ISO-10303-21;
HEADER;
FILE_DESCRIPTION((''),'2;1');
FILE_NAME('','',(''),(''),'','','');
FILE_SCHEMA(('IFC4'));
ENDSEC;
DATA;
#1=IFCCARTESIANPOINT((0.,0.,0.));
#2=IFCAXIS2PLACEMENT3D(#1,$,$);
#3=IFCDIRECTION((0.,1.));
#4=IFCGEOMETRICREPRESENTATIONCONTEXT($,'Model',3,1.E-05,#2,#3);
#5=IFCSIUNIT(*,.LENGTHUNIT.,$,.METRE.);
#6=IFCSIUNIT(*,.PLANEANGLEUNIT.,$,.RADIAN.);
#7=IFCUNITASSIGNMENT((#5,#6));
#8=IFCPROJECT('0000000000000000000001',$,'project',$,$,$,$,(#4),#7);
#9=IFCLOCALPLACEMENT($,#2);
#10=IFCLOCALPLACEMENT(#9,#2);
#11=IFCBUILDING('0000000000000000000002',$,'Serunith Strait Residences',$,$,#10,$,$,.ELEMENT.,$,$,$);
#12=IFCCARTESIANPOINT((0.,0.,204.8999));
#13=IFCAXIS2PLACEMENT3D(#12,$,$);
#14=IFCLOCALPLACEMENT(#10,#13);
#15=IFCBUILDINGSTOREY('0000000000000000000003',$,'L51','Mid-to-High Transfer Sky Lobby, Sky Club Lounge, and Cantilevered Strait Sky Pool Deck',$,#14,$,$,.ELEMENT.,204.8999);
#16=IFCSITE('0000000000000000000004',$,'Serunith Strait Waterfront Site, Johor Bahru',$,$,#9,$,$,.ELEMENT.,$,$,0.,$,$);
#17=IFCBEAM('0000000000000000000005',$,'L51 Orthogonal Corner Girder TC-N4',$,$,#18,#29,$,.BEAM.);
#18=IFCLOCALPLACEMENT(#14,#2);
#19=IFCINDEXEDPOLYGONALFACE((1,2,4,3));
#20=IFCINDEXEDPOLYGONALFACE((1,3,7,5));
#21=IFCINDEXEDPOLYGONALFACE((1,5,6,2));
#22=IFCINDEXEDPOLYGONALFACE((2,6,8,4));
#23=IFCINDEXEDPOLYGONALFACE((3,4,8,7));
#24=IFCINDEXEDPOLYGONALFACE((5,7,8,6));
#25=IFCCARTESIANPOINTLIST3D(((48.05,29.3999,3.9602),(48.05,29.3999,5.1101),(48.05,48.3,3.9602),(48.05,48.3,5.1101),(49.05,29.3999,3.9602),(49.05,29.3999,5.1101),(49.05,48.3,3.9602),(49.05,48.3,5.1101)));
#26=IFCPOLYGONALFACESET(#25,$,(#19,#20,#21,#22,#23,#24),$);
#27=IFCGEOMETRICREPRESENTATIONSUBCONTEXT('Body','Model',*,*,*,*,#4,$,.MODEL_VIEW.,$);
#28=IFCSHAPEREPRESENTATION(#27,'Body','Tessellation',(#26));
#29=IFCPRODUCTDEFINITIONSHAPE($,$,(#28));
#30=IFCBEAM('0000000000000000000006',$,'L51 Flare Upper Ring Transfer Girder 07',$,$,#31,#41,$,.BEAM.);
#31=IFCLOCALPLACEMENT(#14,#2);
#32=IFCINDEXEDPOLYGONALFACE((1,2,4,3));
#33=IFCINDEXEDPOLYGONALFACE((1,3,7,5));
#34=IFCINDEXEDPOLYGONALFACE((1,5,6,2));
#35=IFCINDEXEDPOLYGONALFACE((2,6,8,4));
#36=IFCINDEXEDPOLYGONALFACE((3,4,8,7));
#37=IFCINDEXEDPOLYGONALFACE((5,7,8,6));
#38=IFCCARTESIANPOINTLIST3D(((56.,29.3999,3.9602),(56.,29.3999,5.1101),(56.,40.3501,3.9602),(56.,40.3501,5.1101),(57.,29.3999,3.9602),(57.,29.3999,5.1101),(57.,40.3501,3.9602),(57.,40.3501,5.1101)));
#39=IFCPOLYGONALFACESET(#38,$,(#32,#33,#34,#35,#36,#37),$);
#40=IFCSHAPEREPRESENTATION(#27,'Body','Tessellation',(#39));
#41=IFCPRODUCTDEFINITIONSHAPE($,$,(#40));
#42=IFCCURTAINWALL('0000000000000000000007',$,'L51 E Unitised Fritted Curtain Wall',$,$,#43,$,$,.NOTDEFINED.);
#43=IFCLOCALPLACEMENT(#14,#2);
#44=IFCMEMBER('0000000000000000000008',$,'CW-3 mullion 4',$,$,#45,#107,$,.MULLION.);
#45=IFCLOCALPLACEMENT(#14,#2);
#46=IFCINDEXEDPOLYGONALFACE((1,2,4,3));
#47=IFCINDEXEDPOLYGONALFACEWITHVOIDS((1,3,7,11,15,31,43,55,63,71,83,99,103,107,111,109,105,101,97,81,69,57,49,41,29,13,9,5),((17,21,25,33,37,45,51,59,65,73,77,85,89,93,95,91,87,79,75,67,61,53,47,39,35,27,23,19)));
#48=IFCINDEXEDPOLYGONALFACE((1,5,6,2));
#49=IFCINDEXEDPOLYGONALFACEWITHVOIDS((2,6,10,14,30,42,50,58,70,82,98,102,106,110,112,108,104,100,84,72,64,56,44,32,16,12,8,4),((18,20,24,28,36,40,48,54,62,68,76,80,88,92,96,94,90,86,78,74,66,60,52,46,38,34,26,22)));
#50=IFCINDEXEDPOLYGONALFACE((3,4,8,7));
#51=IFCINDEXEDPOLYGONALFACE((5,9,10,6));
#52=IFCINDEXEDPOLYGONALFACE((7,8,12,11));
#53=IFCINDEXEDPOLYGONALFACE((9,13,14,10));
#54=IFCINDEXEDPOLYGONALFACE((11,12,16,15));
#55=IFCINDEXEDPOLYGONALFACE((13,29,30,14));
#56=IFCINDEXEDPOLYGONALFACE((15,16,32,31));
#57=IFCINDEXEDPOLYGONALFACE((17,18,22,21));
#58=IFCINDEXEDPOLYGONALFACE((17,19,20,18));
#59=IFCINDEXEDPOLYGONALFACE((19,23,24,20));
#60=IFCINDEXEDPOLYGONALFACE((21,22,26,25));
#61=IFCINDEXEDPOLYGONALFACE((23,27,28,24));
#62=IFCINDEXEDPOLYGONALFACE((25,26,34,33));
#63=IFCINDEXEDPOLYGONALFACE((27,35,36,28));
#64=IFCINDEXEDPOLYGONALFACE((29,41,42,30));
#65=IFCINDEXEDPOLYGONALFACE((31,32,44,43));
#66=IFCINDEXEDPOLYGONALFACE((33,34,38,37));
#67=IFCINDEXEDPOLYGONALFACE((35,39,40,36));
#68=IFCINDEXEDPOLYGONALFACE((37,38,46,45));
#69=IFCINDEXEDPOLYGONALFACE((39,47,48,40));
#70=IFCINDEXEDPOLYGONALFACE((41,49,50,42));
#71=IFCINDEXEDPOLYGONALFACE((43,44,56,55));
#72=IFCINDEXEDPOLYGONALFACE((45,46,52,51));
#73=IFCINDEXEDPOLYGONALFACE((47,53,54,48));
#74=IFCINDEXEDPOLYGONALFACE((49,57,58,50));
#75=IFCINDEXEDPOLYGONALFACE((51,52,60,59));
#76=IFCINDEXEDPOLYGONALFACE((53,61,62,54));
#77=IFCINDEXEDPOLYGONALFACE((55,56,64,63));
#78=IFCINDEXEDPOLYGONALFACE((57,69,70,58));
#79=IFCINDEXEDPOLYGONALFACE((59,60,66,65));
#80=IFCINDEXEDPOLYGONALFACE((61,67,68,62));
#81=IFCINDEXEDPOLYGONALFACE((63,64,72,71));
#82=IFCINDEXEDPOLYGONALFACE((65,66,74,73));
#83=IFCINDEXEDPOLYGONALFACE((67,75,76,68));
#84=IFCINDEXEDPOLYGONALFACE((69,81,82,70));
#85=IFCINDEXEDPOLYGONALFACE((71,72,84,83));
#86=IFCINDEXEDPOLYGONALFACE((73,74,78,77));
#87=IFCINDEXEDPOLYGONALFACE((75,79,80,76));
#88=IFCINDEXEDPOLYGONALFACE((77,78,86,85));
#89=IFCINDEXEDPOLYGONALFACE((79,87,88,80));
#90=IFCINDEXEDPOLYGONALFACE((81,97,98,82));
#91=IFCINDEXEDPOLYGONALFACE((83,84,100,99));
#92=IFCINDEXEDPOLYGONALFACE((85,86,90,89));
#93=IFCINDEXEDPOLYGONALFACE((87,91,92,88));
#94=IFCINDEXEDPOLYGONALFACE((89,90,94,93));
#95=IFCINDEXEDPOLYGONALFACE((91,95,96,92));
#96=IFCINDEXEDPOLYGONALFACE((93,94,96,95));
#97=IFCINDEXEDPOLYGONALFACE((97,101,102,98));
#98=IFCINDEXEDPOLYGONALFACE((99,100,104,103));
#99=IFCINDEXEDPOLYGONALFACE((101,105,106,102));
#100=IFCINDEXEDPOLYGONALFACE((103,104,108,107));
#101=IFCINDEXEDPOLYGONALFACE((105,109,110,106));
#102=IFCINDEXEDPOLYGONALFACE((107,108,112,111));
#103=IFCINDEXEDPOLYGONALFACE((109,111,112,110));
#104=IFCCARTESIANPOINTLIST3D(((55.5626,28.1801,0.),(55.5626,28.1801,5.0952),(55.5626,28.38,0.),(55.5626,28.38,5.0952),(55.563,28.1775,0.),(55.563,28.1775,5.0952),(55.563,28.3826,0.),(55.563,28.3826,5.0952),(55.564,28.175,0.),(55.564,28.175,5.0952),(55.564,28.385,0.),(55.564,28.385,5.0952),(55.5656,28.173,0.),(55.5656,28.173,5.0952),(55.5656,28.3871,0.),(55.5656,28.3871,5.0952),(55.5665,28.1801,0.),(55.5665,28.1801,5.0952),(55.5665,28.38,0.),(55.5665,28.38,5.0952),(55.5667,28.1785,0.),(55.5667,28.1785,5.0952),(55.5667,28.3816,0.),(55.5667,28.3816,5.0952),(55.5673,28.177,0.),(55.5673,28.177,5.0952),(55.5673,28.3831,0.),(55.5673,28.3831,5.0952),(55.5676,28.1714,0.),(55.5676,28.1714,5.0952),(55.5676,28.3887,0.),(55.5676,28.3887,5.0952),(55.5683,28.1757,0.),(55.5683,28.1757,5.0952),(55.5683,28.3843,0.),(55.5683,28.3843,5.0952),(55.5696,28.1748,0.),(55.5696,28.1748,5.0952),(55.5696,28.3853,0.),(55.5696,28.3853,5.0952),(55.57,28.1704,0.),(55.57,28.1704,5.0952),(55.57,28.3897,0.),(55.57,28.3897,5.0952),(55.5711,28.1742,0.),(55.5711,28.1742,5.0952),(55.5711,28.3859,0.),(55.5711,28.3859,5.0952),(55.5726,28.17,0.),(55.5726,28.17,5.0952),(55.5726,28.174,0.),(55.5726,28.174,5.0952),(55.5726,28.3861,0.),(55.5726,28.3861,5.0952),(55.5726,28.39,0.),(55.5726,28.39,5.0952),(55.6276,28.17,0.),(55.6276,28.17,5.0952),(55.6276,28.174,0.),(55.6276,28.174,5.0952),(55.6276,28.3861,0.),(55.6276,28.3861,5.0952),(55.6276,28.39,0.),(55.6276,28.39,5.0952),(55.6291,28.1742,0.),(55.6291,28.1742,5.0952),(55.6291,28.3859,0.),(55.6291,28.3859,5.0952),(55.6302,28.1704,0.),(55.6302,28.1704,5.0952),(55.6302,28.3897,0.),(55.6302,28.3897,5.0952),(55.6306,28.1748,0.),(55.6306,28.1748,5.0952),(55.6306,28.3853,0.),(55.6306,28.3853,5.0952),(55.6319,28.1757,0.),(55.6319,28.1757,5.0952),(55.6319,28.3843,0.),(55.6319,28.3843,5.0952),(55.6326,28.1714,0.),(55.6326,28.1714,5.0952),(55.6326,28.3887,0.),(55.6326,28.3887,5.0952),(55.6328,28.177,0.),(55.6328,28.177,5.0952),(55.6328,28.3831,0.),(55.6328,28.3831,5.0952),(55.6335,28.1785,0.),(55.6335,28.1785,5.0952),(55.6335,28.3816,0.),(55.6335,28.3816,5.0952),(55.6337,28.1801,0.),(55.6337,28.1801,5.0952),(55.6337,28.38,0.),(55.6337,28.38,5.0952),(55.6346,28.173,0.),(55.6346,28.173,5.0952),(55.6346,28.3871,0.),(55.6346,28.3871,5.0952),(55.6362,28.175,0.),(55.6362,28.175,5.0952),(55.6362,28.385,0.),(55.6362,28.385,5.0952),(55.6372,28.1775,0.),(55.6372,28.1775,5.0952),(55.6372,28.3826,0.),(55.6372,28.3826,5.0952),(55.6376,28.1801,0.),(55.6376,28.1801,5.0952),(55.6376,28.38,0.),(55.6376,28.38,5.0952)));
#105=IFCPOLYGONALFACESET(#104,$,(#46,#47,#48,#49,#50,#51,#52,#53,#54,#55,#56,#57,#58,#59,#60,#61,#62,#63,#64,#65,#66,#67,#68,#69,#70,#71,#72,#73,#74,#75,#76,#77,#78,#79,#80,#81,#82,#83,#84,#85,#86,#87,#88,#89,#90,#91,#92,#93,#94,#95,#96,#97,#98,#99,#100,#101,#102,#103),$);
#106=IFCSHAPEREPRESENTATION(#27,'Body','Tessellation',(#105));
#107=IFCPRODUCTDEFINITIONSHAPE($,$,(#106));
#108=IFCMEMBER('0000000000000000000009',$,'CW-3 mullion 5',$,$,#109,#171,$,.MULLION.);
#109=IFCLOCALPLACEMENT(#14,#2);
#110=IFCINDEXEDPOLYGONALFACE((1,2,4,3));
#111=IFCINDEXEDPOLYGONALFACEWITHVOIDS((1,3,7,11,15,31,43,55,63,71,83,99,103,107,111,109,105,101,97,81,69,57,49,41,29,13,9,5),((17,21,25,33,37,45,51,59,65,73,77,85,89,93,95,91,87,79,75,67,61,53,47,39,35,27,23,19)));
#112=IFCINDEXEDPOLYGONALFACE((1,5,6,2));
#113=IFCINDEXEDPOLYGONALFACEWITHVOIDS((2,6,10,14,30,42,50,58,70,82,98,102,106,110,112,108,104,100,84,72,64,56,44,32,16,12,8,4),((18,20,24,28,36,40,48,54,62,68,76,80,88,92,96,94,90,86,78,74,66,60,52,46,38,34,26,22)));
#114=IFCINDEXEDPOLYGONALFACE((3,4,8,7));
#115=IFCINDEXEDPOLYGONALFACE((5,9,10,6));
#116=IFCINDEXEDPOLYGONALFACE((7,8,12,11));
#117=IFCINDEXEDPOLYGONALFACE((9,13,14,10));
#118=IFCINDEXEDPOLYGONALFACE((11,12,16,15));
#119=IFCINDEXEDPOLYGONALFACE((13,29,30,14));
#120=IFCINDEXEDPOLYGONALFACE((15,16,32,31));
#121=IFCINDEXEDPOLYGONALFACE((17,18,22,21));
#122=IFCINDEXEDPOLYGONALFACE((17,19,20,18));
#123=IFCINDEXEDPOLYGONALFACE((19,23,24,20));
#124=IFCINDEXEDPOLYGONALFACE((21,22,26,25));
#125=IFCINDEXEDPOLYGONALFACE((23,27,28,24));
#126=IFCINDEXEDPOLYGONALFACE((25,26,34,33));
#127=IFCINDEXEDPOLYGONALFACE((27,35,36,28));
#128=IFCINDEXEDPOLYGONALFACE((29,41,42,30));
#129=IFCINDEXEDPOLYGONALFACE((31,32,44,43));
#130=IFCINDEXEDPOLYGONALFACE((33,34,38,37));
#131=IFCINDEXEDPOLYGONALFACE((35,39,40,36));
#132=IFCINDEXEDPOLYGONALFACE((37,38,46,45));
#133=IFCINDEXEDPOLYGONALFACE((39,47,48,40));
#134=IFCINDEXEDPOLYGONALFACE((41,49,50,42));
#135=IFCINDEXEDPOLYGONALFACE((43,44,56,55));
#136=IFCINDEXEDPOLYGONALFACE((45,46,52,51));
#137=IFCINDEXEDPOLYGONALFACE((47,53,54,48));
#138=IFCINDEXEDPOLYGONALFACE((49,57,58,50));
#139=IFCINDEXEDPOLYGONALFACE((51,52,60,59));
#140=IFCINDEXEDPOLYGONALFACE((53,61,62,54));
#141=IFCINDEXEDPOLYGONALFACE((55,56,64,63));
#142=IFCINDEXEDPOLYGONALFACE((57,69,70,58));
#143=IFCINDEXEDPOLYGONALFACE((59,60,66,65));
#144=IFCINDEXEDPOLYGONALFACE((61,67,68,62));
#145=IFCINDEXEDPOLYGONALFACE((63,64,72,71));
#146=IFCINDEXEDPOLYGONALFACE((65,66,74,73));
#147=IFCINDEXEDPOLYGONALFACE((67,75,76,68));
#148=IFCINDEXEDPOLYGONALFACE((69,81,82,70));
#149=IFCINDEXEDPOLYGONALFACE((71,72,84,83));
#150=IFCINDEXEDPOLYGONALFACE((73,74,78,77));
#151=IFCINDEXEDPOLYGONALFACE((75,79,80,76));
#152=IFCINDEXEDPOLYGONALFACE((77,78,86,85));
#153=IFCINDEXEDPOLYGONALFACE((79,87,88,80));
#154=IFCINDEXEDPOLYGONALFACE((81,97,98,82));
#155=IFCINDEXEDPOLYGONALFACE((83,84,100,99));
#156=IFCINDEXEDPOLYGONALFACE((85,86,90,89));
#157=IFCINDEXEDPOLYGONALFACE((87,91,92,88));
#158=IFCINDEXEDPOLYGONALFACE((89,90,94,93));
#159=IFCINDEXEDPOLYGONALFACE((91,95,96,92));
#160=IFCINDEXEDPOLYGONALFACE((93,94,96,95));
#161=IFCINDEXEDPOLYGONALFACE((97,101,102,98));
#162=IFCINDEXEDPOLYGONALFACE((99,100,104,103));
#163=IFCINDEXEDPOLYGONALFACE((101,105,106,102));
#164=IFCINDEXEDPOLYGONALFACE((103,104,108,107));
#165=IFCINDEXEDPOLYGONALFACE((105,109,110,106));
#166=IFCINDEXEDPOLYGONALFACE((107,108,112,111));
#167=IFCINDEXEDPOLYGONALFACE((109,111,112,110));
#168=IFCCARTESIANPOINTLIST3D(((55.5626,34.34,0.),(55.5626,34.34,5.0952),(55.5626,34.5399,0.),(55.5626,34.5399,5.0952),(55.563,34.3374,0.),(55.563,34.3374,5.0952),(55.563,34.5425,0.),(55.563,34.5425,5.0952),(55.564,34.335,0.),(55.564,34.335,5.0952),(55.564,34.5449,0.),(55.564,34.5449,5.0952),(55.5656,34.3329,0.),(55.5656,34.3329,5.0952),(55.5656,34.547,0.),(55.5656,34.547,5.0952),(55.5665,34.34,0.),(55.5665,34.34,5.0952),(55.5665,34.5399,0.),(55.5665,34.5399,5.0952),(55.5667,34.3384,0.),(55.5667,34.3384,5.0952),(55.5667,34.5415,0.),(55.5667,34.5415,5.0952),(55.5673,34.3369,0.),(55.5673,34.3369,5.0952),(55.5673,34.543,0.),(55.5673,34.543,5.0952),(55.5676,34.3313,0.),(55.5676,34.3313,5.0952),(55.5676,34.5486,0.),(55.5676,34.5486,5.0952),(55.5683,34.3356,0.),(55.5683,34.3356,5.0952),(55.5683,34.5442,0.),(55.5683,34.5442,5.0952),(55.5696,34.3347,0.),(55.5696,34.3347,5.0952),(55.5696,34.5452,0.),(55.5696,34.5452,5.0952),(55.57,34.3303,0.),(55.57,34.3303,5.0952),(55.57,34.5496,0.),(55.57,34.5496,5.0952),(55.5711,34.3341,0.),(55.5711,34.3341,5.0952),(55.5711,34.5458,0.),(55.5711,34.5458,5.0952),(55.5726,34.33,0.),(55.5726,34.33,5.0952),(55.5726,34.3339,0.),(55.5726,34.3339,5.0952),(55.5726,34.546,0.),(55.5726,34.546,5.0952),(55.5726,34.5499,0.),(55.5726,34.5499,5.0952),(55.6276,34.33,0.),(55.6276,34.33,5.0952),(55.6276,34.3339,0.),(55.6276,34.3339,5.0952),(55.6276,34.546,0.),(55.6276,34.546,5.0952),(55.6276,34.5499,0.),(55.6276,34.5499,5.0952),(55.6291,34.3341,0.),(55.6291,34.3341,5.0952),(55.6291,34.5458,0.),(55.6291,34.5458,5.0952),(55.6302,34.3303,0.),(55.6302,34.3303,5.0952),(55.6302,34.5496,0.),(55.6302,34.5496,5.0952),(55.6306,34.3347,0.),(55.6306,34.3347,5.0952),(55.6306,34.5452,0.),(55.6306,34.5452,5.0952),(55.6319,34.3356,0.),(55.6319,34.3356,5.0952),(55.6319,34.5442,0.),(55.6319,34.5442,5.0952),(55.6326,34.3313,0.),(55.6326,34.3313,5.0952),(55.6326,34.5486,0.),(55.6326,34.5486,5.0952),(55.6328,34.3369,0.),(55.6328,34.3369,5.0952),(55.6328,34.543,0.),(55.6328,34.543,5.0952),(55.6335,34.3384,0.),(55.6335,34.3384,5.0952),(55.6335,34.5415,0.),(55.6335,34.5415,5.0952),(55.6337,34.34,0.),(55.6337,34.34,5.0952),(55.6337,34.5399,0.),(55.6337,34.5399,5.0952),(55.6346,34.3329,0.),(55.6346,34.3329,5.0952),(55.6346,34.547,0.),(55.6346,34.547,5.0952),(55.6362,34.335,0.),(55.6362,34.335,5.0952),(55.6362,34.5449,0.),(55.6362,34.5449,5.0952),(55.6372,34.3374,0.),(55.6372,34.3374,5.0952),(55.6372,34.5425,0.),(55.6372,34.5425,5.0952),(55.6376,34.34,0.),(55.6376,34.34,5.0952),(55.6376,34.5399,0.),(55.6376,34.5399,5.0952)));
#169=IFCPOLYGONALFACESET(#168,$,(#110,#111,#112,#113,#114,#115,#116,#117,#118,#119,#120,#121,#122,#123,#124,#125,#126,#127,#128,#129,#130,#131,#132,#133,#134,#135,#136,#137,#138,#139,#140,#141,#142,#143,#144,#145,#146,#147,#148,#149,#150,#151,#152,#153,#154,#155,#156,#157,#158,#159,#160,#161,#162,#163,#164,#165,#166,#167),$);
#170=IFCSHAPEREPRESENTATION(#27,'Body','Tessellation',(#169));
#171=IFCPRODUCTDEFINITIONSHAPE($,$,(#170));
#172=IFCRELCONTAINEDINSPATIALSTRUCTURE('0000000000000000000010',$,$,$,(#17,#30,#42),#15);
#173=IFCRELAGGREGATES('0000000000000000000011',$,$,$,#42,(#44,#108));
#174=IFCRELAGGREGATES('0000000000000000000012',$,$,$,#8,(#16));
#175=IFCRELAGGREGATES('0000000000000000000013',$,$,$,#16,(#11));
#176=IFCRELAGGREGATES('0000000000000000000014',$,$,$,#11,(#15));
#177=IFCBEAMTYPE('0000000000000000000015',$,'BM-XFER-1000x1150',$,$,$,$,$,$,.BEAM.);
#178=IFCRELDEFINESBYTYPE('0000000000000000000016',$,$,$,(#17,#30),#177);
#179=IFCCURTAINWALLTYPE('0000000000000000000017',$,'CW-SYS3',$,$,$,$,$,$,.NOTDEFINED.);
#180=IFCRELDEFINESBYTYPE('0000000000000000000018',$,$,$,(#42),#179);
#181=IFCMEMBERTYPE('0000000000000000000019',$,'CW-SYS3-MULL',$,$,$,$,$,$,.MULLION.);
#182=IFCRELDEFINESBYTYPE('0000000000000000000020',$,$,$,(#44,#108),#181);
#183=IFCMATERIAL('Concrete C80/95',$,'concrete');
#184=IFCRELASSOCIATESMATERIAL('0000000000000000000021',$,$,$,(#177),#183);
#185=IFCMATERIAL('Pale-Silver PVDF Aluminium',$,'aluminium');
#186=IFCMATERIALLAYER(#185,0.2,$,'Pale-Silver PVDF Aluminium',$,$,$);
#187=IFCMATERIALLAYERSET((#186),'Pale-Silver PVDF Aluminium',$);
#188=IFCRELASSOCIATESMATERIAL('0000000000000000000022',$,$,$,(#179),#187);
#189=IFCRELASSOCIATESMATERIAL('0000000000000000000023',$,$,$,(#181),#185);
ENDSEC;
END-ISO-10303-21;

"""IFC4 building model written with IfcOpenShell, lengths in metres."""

from ifc_helpers import new_model, si_unit, direction, frame, origin, origin_2d, place, context, subcontext, project, spatial, rectangle, hollow_rectangle, extrude, source, transform, mapped, material, layer, layer_set, material_profile, profile_set, type_object, element, aggregate, save


model = new_model("IFC4")

# Units and contexts
model_context = context("Model", 3, precision=1e-05, world=origin(), true_north=direction((0.0, 1.0)))
body_context = subcontext(model_context, "Body", "Model", "MODEL_VIEW")
ifc_project = project(units=[si_unit("LENGTHUNIT", "METRE"), si_unit("PLANEANGLEUNIT", "RADIAN")], contexts=[model_context])

# Site, building, storey
site_placement = place(None, origin())
site = spatial("IfcSite", under=ifc_project, at=site_placement, Name="Serunith Strait Waterfront Site, Johor Bahru", CompositionType="ELEMENT", RefElevation=0.0)
building_placement = place(site_placement, origin())
building = spatial("IfcBuilding", under=site, at=building_placement, Name="Serunith Strait Residences", CompositionType="ELEMENT")
storey_placement = place(building_placement, frame((0.0, 0.0, 204.8999)))
storey = spatial("IfcBuildingStorey", under=building, at=storey_placement, Name="L51", Description="Mid-to-High Transfer Sky Lobby, Sky Club Lounge, and Cantilevered Strait Sky Pool Deck", CompositionType="ELEMENT", Elevation=204.8999)

# Shared definitions
ifc_material_1 = material(Name="Concrete C80/95", Category="concrete")

# Beams
ifc_material_profile_1 = material_profile(ifc_material_1, rectangle(XDim=1.0, YDim=1.1499, at=origin_2d()), Name="RC 1000x1150")
ifc_profile_set_1 = profile_set([ifc_material_profile_1], Name="Concrete C80/95")
beam_type_1 = type_object("IfcBeamType", Name="BM-XFER-1000x1150", PredefinedType="BEAM", material=ifc_profile_set_1)
shared_shape_1 = source(origin(), body_context, "Body", "SweptSolid", [
    extrude(rectangle(XDim=1.0, YDim=1.1499, at=origin_2d()), origin(), (0.0, 0.0, 1.0), 18.9001),
])
beam_1_placement = place(storey_placement, frame((48.55, 29.3999, 4.5352), z_axis=(0.0, 1.0, 0.0), x_axis=(-1.0, 0.0, 0.0)))
element("IfcBeam", 1, at=beam_1_placement, inside=storey, type_object=beam_type_1, Name="L51 Orthogonal Corner Girder TC-N4", PredefinedType="BEAM", context=body_context, shape_type="MappedRepresentation", body=[
    mapped(shared_shape_1, transform((0.0, 0.0, 0.0), scale=1.0)),
])
shared_shape_2 = source(origin(), body_context, "Body", "SweptSolid", [
    extrude(rectangle(XDim=1.0, YDim=1.1499, at=origin_2d()), origin(), (0.0, 0.0, 1.0), 10.9502),
])
beam_2_placement = place(storey_placement, frame((56.5, 29.3999, 4.5352), z_axis=(0.0, 1.0, 0.0), x_axis=(-1.0, 0.0, 0.0)))
element("IfcBeam", 2, at=beam_2_placement, inside=storey, type_object=beam_type_1, Name="L51 Flare Upper Ring Transfer Girder 07", PredefinedType="BEAM", context=body_context, shape_type="MappedRepresentation", body=[
    mapped(shared_shape_2, transform((0.0, 0.0, 0.0), scale=1.0)),
])

# Curtain wall, members
ifc_material_2 = material(Name="Pale-Silver PVDF Aluminium", Category="aluminium")
ifc_layer_1 = layer(ifc_material_2, 0.2, Name="Pale-Silver PVDF Aluminium")
ifc_layer_set_1 = layer_set([ifc_layer_1], Name="Pale-Silver PVDF Aluminium")
curtain_wall_type = type_object("IfcCurtainWallType", Name="CW-SYS3", PredefinedType="NOTDEFINED", material=ifc_layer_set_1)
curtain_wall_placement = place(storey_placement, origin())
curtain_wall = element("IfcCurtainWall", 3, at=curtain_wall_placement, inside=storey, type_object=curtain_wall_type, Name="L51 E Unitised Fritted Curtain Wall", PredefinedType="NOTDEFINED")
ifc_material_profile_2 = material_profile(ifc_material_2, hollow_rectangle(XDim=0.075, YDim=0.22, WallThickness=0.0039, InnerFilletRadius=0.0061, OuterFilletRadius=0.01, at=origin_2d()), Name="ALU 220x75x4")
ifc_profile_set_2 = profile_set([ifc_material_profile_2], Name="Pale-Silver PVDF Aluminium")
member_type_1 = type_object("IfcMemberType", Name="CW-SYS3-MULL", PredefinedType="MULLION", material=ifc_profile_set_2)
shared_shape_3 = source(origin(), body_context, "Body", "SweptSolid", [
    extrude(hollow_rectangle(XDim=0.075, YDim=0.22, WallThickness=0.0039, InnerFilletRadius=0.0061, OuterFilletRadius=0.01, at=origin_2d()), origin(), (0.0, 0.0, 1.0), 5.0952),
])
member_1_placement = place(storey_placement, frame((55.6001, 28.28, 0.0), z_axis=(0.0, 0.0, 1.0), x_axis=(-1.0, 0.0, 0.0)))
member_1 = element("IfcMember", 4, at=member_1_placement, type_object=member_type_1, Name="CW-3 mullion 4", PredefinedType="MULLION", context=body_context, shape_type="MappedRepresentation", body=[
    mapped(shared_shape_3, transform((0.0, 0.0, 0.0), scale=1.0)),
])
member_2_placement = place(storey_placement, frame((55.6001, 34.4399, 0.0), z_axis=(0.0, 0.0, 1.0), x_axis=(-1.0, 0.0, 0.0)))
member_2 = element("IfcMember", 5, at=member_2_placement, type_object=member_type_1, Name="CW-3 mullion 5", PredefinedType="MULLION", context=body_context, shape_type="MappedRepresentation", body=[
    mapped(shared_shape_3, transform((0.0, 0.0, 0.0), scale=1.0)),
])
aggregate(curtain_wall, [member_1, member_2])

save(model, "model.ifc")
